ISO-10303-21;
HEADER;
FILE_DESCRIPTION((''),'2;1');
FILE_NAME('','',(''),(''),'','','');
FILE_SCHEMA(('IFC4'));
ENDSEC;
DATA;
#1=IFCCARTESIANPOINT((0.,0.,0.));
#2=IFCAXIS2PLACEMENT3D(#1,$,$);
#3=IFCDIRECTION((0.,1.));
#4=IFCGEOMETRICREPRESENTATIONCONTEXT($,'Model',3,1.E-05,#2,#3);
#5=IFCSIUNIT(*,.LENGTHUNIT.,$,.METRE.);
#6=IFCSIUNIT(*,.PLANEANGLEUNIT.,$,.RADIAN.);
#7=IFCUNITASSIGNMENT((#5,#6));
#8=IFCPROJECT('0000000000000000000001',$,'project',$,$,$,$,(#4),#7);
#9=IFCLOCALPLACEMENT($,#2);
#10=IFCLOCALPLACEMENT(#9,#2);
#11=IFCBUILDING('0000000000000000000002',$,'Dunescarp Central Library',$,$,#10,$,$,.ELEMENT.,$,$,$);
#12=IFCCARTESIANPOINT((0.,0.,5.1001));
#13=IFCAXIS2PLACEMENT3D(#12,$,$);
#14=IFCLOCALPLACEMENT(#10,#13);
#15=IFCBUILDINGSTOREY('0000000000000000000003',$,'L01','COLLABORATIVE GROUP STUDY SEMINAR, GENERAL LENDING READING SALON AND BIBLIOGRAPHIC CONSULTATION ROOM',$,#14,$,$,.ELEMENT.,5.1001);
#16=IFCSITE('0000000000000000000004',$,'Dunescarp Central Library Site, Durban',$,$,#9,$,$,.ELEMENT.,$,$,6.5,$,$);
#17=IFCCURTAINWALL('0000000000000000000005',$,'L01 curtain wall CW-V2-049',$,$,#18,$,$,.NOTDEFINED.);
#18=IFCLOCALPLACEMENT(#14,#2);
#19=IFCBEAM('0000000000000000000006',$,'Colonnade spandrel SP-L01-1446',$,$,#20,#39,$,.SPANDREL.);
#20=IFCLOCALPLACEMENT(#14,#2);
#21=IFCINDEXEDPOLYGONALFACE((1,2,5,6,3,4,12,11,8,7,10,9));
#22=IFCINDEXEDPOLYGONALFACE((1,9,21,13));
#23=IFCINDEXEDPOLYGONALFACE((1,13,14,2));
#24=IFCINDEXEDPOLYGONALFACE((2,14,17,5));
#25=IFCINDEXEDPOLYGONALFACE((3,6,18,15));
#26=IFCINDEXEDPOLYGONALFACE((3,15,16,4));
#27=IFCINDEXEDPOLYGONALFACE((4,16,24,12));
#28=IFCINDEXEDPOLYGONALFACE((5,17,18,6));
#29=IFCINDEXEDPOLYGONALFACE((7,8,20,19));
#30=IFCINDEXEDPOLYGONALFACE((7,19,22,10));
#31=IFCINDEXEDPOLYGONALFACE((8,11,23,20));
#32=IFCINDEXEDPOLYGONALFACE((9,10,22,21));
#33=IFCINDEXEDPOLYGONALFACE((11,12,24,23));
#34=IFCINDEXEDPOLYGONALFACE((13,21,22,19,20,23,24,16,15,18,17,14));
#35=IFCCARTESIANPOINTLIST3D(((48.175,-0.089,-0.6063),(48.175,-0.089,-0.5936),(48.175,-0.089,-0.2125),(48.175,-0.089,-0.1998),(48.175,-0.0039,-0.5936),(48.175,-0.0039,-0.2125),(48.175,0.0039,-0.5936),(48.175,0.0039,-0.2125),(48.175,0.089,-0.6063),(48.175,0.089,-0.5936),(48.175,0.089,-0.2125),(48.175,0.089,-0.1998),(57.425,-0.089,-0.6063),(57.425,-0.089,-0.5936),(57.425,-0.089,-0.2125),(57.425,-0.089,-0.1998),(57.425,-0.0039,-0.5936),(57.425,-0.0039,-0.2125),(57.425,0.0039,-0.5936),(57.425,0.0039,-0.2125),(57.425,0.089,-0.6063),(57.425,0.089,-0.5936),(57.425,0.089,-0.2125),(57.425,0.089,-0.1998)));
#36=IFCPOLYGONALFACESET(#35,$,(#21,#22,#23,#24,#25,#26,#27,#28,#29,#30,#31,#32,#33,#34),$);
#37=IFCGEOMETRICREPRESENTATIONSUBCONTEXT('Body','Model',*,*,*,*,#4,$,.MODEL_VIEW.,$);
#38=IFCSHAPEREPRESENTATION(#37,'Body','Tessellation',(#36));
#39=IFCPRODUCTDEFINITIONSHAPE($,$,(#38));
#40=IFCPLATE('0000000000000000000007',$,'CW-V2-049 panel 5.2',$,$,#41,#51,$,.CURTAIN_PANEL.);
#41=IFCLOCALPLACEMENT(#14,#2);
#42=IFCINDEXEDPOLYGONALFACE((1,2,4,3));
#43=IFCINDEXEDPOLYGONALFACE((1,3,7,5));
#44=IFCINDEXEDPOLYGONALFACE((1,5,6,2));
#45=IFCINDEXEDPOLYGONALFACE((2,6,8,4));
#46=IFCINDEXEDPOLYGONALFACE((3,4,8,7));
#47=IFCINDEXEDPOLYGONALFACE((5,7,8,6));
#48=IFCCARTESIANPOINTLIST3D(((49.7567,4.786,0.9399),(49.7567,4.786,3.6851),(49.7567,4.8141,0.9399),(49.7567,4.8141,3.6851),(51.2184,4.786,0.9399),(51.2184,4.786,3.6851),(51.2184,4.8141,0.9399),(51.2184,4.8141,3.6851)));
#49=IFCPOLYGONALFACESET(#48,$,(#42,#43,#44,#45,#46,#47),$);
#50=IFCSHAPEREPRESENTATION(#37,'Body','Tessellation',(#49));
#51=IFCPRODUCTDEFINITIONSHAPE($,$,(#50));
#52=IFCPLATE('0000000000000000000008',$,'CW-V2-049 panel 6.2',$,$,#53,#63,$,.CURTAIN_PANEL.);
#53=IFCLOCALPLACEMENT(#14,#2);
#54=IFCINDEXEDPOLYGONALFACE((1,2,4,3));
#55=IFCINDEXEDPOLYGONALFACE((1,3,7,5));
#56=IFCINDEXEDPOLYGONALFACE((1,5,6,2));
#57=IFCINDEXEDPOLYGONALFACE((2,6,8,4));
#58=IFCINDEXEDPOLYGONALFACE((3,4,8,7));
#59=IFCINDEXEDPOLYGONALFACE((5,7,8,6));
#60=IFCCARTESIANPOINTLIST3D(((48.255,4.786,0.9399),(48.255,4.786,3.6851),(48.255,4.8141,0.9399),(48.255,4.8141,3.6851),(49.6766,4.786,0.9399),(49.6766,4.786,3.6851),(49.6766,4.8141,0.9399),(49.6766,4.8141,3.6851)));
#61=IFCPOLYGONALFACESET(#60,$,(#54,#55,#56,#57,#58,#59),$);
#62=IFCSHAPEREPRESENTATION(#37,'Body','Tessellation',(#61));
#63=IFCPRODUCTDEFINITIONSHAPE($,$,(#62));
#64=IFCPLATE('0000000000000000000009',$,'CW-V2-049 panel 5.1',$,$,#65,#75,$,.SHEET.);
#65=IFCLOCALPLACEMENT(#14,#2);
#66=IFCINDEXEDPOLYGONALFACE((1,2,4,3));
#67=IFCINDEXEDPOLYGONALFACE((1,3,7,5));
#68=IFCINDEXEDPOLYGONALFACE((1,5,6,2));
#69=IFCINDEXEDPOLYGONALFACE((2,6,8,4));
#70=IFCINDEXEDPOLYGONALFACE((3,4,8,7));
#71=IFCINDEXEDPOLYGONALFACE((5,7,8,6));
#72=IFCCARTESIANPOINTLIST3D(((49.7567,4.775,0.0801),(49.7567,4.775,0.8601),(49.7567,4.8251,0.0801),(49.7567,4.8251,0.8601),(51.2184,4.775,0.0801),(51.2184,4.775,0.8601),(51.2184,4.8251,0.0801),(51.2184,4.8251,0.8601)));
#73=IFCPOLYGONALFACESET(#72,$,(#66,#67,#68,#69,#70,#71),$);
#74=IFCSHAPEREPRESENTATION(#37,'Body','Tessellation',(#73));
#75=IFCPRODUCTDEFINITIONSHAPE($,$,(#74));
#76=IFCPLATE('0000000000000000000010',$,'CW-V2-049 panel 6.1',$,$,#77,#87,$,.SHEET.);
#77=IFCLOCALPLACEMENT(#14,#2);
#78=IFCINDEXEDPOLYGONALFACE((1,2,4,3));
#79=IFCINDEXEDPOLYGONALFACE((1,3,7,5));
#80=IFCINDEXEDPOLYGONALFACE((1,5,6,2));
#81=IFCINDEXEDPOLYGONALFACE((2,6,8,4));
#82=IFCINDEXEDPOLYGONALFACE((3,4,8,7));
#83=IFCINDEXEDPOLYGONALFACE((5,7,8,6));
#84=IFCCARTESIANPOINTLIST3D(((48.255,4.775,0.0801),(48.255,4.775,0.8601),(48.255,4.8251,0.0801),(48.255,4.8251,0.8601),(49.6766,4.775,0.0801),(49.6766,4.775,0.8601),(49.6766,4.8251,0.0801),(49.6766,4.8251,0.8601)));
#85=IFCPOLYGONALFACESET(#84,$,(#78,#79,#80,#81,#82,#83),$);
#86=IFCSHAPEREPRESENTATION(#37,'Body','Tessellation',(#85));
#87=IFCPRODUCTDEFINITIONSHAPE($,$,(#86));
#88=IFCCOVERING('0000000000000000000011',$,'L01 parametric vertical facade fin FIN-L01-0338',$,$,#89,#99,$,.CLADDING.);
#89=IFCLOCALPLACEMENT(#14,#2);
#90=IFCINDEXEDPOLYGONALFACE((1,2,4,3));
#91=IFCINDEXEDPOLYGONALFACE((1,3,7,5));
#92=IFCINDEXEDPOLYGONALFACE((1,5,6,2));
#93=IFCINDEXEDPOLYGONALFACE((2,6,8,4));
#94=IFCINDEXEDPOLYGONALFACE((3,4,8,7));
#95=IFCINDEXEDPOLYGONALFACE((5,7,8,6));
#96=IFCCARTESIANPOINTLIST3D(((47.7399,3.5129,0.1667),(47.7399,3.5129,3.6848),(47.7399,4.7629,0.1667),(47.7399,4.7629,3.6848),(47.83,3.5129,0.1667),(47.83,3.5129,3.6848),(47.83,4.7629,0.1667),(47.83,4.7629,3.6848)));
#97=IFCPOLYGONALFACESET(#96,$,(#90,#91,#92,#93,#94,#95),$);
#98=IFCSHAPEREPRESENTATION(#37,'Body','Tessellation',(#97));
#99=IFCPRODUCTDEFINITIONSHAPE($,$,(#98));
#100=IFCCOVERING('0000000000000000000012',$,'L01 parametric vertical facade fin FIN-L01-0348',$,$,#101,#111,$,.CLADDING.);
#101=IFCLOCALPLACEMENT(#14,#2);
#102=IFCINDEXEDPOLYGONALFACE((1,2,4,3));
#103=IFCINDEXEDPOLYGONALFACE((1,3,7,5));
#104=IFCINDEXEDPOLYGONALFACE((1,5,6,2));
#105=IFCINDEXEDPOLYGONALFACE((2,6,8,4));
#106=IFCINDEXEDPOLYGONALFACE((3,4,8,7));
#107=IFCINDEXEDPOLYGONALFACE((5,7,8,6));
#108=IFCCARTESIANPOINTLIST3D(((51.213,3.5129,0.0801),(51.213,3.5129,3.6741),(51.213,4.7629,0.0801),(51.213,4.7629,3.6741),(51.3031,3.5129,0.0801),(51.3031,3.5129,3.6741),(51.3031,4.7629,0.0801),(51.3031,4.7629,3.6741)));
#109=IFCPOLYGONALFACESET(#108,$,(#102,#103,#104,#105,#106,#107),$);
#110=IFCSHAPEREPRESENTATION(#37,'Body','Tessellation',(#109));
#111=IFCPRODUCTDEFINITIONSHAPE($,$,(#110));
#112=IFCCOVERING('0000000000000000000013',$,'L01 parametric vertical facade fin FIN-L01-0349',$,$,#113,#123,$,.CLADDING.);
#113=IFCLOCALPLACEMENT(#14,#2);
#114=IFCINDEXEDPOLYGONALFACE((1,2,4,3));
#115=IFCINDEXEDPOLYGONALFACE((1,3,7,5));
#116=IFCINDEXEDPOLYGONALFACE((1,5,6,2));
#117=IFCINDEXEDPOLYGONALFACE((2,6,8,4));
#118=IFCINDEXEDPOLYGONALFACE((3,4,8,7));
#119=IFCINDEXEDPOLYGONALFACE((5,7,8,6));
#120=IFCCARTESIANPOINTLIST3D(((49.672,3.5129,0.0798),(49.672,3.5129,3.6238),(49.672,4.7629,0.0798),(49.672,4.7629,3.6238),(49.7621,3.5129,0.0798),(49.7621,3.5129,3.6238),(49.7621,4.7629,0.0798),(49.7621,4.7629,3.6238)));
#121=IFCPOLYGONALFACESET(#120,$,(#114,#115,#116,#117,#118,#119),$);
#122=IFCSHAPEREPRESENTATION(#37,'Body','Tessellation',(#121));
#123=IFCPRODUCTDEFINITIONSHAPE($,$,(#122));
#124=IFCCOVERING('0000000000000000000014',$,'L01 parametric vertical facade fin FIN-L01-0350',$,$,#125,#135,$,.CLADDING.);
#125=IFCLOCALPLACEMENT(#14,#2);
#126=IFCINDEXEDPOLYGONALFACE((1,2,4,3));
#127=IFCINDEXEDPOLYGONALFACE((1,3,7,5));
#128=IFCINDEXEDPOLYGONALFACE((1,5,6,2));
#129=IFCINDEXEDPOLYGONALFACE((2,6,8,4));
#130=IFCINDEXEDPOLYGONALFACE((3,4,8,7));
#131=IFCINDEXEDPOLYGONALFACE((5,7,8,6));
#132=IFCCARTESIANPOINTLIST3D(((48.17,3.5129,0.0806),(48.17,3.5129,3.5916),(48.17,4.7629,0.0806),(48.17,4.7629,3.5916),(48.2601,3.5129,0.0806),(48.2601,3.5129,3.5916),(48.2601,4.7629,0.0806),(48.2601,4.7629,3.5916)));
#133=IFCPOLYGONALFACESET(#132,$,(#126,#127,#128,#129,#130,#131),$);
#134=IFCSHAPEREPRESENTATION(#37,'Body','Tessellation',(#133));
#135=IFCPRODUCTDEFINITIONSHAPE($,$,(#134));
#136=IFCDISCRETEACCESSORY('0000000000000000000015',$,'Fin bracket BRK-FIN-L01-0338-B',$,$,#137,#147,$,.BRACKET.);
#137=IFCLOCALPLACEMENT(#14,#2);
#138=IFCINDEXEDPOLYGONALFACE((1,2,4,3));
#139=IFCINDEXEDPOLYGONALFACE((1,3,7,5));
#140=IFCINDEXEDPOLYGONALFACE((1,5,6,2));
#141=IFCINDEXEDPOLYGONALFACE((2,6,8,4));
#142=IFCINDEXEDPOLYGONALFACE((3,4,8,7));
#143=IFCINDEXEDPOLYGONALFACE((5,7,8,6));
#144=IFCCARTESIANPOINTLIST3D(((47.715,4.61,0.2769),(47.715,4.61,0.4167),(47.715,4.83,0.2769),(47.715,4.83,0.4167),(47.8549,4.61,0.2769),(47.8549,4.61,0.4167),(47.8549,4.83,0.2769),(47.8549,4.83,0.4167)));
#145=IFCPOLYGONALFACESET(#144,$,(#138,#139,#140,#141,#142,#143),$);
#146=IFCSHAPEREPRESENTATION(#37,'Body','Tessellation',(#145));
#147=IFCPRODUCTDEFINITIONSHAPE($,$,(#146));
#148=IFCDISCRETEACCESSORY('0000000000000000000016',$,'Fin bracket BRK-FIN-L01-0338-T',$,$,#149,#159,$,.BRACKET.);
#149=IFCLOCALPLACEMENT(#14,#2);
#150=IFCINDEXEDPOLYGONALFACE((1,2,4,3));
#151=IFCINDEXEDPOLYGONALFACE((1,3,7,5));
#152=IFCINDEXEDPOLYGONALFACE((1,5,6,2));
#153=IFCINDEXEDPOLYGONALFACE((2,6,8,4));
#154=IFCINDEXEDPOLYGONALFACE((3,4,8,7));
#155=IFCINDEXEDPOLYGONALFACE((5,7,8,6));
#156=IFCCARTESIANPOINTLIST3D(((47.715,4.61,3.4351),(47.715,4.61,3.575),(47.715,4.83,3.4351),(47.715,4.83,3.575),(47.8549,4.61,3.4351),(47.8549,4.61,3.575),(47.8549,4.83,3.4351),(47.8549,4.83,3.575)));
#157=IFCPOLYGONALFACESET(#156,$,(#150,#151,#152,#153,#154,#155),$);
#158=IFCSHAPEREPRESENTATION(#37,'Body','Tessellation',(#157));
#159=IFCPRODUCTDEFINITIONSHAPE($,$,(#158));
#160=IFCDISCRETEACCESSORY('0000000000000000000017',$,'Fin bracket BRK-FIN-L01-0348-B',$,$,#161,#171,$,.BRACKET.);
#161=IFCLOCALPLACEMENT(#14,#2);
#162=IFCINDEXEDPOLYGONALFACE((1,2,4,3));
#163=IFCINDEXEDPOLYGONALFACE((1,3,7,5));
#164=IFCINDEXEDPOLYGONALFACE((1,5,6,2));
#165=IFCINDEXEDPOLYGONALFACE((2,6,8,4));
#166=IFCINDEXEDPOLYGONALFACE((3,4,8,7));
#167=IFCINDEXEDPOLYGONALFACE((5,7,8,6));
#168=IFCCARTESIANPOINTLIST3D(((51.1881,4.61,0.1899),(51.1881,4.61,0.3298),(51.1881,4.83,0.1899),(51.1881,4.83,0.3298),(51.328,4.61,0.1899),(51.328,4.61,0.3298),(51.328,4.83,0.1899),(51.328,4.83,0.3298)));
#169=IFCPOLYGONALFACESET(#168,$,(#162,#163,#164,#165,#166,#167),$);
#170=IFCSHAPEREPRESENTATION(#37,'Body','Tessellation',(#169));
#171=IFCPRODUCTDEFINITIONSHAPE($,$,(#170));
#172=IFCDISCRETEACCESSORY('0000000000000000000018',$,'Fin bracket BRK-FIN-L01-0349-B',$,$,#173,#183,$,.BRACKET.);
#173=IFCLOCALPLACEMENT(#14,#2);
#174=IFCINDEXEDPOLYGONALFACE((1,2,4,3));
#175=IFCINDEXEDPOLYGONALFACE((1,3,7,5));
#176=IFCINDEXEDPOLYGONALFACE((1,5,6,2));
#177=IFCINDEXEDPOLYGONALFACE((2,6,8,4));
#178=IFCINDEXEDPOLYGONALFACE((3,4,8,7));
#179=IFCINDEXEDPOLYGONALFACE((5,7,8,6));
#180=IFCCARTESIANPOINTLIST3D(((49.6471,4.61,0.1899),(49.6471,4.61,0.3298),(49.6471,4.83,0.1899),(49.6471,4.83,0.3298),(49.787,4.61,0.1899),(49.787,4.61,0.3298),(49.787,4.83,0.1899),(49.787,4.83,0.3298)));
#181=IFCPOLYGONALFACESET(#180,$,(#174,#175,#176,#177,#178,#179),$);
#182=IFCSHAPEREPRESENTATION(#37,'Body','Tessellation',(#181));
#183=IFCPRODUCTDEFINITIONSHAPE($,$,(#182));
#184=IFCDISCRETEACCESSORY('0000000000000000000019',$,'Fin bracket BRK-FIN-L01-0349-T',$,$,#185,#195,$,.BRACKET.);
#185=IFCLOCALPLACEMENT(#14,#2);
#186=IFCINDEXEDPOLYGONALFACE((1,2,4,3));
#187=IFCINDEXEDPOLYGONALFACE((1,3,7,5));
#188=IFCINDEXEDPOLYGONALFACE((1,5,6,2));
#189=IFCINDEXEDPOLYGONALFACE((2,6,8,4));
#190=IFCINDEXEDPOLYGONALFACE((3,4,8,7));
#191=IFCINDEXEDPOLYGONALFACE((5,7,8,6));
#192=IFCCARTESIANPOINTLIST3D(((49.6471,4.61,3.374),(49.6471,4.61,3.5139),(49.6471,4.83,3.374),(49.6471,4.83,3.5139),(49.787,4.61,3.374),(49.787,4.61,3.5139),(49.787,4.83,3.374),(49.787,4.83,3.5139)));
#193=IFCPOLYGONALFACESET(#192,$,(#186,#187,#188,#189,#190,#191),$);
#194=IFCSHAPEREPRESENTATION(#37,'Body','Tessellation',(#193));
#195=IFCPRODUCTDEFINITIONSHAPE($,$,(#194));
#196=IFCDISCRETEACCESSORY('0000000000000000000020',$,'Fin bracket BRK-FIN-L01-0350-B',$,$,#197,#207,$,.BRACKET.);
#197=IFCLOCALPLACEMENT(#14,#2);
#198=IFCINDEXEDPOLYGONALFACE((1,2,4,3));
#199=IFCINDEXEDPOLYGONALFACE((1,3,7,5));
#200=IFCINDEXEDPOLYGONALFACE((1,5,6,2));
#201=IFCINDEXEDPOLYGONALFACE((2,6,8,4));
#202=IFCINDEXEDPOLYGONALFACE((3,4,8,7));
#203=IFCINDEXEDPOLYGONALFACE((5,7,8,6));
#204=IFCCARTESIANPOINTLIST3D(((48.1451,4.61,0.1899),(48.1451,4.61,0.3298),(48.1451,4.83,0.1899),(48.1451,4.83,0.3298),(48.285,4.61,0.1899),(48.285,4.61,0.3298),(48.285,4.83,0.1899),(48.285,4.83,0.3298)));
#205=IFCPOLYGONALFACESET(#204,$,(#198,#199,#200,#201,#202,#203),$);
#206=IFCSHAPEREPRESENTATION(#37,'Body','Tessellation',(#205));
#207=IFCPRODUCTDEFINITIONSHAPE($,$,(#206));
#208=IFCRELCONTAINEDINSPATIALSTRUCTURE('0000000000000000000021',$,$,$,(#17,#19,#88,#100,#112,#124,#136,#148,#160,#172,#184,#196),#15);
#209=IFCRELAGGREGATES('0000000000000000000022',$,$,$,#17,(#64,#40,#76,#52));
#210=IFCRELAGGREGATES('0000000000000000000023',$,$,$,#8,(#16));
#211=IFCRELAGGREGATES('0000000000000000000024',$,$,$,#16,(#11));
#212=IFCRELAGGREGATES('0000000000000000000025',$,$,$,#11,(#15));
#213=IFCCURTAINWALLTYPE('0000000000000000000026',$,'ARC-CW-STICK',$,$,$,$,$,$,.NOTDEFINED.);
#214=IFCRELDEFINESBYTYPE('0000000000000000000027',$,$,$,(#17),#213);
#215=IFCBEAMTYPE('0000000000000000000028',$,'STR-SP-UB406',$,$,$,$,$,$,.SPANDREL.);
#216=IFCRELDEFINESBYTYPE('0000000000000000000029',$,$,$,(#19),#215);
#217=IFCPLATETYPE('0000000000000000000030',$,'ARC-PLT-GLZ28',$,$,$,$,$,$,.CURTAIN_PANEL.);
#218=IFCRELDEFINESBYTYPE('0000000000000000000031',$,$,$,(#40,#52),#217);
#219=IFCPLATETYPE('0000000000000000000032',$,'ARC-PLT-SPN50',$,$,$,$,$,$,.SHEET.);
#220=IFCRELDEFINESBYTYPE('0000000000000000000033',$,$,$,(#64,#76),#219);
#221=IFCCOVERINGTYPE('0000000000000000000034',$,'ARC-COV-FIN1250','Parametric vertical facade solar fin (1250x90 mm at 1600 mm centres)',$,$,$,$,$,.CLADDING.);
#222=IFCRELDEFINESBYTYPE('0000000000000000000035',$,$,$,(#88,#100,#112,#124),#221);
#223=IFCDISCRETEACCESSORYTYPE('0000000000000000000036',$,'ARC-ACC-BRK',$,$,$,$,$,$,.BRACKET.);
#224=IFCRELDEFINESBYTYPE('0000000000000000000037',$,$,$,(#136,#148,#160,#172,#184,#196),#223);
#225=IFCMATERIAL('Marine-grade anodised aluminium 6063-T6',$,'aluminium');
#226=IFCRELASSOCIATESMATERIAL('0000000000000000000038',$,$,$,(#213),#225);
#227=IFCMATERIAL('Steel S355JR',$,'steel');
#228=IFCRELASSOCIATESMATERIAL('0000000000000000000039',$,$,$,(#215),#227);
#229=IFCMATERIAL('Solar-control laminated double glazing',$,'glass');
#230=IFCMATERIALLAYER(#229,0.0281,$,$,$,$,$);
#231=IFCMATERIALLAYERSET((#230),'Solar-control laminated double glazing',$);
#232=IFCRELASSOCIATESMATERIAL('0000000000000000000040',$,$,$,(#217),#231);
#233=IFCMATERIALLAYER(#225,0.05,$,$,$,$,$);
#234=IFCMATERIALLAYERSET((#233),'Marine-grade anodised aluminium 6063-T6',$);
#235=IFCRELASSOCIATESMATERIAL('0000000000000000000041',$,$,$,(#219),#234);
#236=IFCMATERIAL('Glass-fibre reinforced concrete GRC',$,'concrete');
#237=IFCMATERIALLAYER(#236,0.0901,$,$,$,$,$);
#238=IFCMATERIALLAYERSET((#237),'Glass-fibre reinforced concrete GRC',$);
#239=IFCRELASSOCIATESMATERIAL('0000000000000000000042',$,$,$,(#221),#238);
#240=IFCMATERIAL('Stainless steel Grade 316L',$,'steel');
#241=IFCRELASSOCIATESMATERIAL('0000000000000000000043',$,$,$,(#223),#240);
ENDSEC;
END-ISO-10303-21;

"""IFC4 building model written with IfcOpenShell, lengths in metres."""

from ifc_helpers import new_model, si_unit, direction, frame, origin, origin_2d, place, context, subcontext, project, spatial, rectangle, i_section, extrude, material, layer, layer_set, material_profile, profile_set, type_object, element, aggregate, save


model = new_model("IFC4")

# Units and contexts
model_context = context("Model", 3, precision=1e-05, world=origin(), true_north=direction((0.0, 1.0)))
body_context = subcontext(model_context, "Body", "Model", "MODEL_VIEW")
ifc_project = project(units=[si_unit("LENGTHUNIT", "METRE"), si_unit("PLANEANGLEUNIT", "RADIAN")], contexts=[model_context])

# Site, building, storey
site_placement = place(None, origin())
site = spatial("IfcSite", under=ifc_project, at=site_placement, Name="Dunescarp Central Library Site, Durban", CompositionType="ELEMENT", RefElevation=6.5)
building_placement = place(site_placement, origin())
building = spatial("IfcBuilding", under=site, at=building_placement, Name="Dunescarp Central Library", CompositionType="ELEMENT")
storey_placement = place(building_placement, frame((0.0, 0.0, 5.1001)))
storey = spatial("IfcBuildingStorey", under=building, at=storey_placement, Name="L01", Description="COLLABORATIVE GROUP STUDY SEMINAR, GENERAL LENDING READING SALON AND BIBLIOGRAPHIC CONSULTATION ROOM", CompositionType="ELEMENT", Elevation=5.1001)

# Shared definitions
ifc_material_1 = material(Name="Steel S355JR", Category="steel")

# Shared definitions
ifc_material_2 = material(Name="Marine-grade anodised aluminium 6063-T6", Category="aluminium")
curtain_wall_type = type_object("IfcCurtainWallType", Name="ARC-CW-STICK", PredefinedType="NOTDEFINED", material=ifc_material_2)

# Curtain wall
curtain_wall_1_placement = place(storey_placement, origin())
curtain_wall_1 = element("IfcCurtainWall", 1, at=curtain_wall_1_placement, inside=storey, type_object=curtain_wall_type, Name="L01 curtain wall CW-V2-049", PredefinedType="NOTDEFINED")

# Beam
ifc_material_profile_1 = material_profile(ifc_material_1, i_section(OverallWidth=0.178, OverallDepth=0.4065, WebThickness=0.0078, FlangeThickness=0.0127, at=origin_2d()), Name="UB 406x178x60")
ifc_profile_set_1 = profile_set([ifc_material_profile_1], Name="Steel S355JR")
beam_type_1 = type_object("IfcBeamType", Name="STR-SP-UB406", PredefinedType="SPANDREL", material=ifc_profile_set_1)
beam_1_placement = place(storey_placement, frame((48.175, 0.0, -0.4031), z_axis=(1.0, 0.0, 0.0), x_axis=(0.0, 1.0, 0.0)))
element("IfcBeam", 2, at=beam_1_placement, inside=storey, type_object=beam_type_1, Name="Colonnade spandrel SP-L01-1446", PredefinedType="SPANDREL", context=body_context, shape_type="SweptSolid", body=[
    extrude(i_section(OverallWidth=0.178, OverallDepth=0.4065, WebThickness=0.0078, FlangeThickness=0.0127, at=origin_2d()), origin(), (0.0, 0.0, 1.0), 9.25),
])

# Plates
ifc_material_3 = material(Name="Solar-control laminated double glazing", Category="glass")
ifc_layer_1 = layer(ifc_material_3, 0.0281)
ifc_layer_set_1 = layer_set([ifc_layer_1], Name="Solar-control laminated double glazing")
plate_type_1 = type_object("IfcPlateType", Name="ARC-PLT-GLZ28", PredefinedType="CURTAIN_PANEL", material=ifc_layer_set_1)
plate_1_placement = place(storey_placement, frame((50.4875, 4.8, 0.9399), z_axis=(0.0, 0.0, 1.0), x_axis=(-1.0, 0.0, 0.0)))
plate_1 = element("IfcPlate", 3, at=plate_1_placement, type_object=plate_type_1, Name="CW-V2-049 panel 5.2", PredefinedType="CURTAIN_PANEL", context=body_context, shape_type="SweptSolid", body=[
    extrude(rectangle(XDim=1.4617, YDim=0.0281, at=origin_2d()), origin(), (0.0, 0.0, 1.0), 2.7451),
])
plate_2_placement = place(storey_placement, frame((48.9658, 4.8, 0.9399), z_axis=(0.0, 0.0, 1.0), x_axis=(-1.0, 0.0, 0.0)))
plate_2 = element("IfcPlate", 4, at=plate_2_placement, type_object=plate_type_1, Name="CW-V2-049 panel 6.2", PredefinedType="CURTAIN_PANEL", context=body_context, shape_type="SweptSolid", body=[
    extrude(rectangle(XDim=1.4216, YDim=0.0281, at=origin_2d()), origin(), (0.0, 0.0, 1.0), 2.7451),
])
ifc_layer_2 = layer(ifc_material_2, 0.05)
ifc_layer_set_2 = layer_set([ifc_layer_2], Name="Marine-grade anodised aluminium 6063-T6")
plate_type_2 = type_object("IfcPlateType", Name="ARC-PLT-SPN50", PredefinedType="SHEET", material=ifc_layer_set_2)
plate_3_placement = place(storey_placement, frame((50.4875, 4.8, 0.0801), z_axis=(0.0, 0.0, 1.0), x_axis=(-1.0, 0.0, 0.0)))
plate_3 = element("IfcPlate", 5, at=plate_3_placement, type_object=plate_type_2, Name="CW-V2-049 panel 5.1", PredefinedType="SHEET", context=body_context, shape_type="SweptSolid", body=[
    extrude(rectangle(XDim=1.4617, YDim=0.05, at=origin_2d()), origin(), (0.0, 0.0, 1.0), 0.78),
])
plate_4_placement = place(storey_placement, frame((48.9658, 4.8, 0.0801), z_axis=(0.0, 0.0, 1.0), x_axis=(-1.0, 0.0, 0.0)))
plate_4 = element("IfcPlate", 6, at=plate_4_placement, type_object=plate_type_2, Name="CW-V2-049 panel 6.1", PredefinedType="SHEET", context=body_context, shape_type="SweptSolid", body=[
    extrude(rectangle(XDim=1.4216, YDim=0.05, at=origin_2d()), origin(), (0.0, 0.0, 1.0), 0.78),
])
aggregate(curtain_wall_1, [plate_3, plate_1, plate_4, plate_2])

# Coverings
ifc_material_4 = material(Name="Glass-fibre reinforced concrete GRC", Category="concrete")
ifc_layer_3 = layer(ifc_material_4, 0.0901)
ifc_layer_set_3 = layer_set([ifc_layer_3], Name="Glass-fibre reinforced concrete GRC")
covering_type = type_object("IfcCoveringType", Name="ARC-COV-FIN1250", Description="Parametric vertical facade solar fin (1250x90 mm at 1600 mm centres)", PredefinedType="CLADDING", material=ifc_layer_set_3)
covering_1_placement = place(storey_placement, frame((47.7849, 4.1379, 0.1667), z_axis=(0.0, 0.0, 1.0), x_axis=(0.0, -1.0, 0.0)))
element("IfcCovering", 7, at=covering_1_placement, inside=storey, type_object=covering_type, Name="L01 parametric vertical facade fin FIN-L01-0338", PredefinedType="CLADDING", context=body_context, shape_type="SweptSolid", body=[
    extrude(rectangle(XDim=1.25, YDim=0.0901, at=origin_2d()), origin(), (0.0, 0.0, 1.0), 3.5181),
])
covering_2_placement = place(storey_placement, frame((51.2581, 4.1379, 0.0801), z_axis=(0.0, 0.0, 1.0), x_axis=(0.0, -1.0, 0.0)))
element("IfcCovering", 8, at=covering_2_placement, inside=storey, type_object=covering_type, Name="L01 parametric vertical facade fin FIN-L01-0348", PredefinedType="CLADDING", context=body_context, shape_type="SweptSolid", body=[
    extrude(rectangle(XDim=1.25, YDim=0.0901, at=origin_2d()), origin(), (0.0, 0.0, 1.0), 3.594),
])
covering_3_placement = place(storey_placement, frame((49.717, 4.1379, 0.0798), z_axis=(0.0, 0.0, 1.0), x_axis=(0.0, -1.0, 0.0)))
element("IfcCovering", 9, at=covering_3_placement, inside=storey, type_object=covering_type, Name="L01 parametric vertical facade fin FIN-L01-0349", PredefinedType="CLADDING", context=body_context, shape_type="SweptSolid", body=[
    extrude(rectangle(XDim=1.25, YDim=0.0901, at=origin_2d()), origin(), (0.0, 0.0, 1.0), 3.5439),
])
covering_4_placement = place(storey_placement, frame((48.2151, 4.1379, 0.0806), z_axis=(0.0, 0.0, 1.0), x_axis=(0.0, -1.0, 0.0)))
element("IfcCovering", 10, at=covering_4_placement, inside=storey, type_object=covering_type, Name="L01 parametric vertical facade fin FIN-L01-0350", PredefinedType="CLADDING", context=body_context, shape_type="SweptSolid", body=[
    extrude(rectangle(XDim=1.25, YDim=0.0901, at=origin_2d()), origin(), (0.0, 0.0, 1.0), 3.511),
])

# Discrete accessories
ifc_material_5 = material(Name="Stainless steel Grade 316L", Category="steel")
discrete_accessory_type = type_object("IfcDiscreteAccessoryType", Name="ARC-ACC-BRK", PredefinedType="BRACKET", material=ifc_material_5)
for number, where, z_axis, x_axis, name in (
    (11, (47.7849, 4.72, 0.2769), (0.0, 0.0, 1.0), (0.0, -1.0, 0.0), "Fin bracket BRK-FIN-L01-0338-B"),
    (12, (47.7849, 4.72, 3.4351), (0.0, 0.0, 1.0), (0.0, -1.0, 0.0), "Fin bracket BRK-FIN-L01-0338-T"),
    (13, (51.2581, 4.72, 0.1899), (0.0, 0.0, 1.0), (0.0, -1.0, 0.0), "Fin bracket BRK-FIN-L01-0348-B"),
    (14, (49.717, 4.72, 0.1899), (0.0, 0.0, 1.0), (0.0, -1.0, 0.0), "Fin bracket BRK-FIN-L01-0349-B"),
    (15, (49.717, 4.72, 3.374), (0.0, 0.0, 1.0), (0.0, -1.0, 0.0), "Fin bracket BRK-FIN-L01-0349-T"),
    (16, (48.2151, 4.72, 0.1899), (0.0, 0.0, 1.0), (0.0, -1.0, 0.0), "Fin bracket BRK-FIN-L01-0350-B"),
):
    element("IfcDiscreteAccessory", number, at=place(storey_placement, frame(where, z_axis=z_axis, x_axis=x_axis)), inside=storey, type_object=discrete_accessory_type, Name=name, PredefinedType="BRACKET", context=body_context, shape_type="SweptSolid", body=[
        extrude(rectangle(XDim=0.22, YDim=0.1399, at=origin_2d()), origin(), (0.0, 0.0, 1.0), 0.1399),
    ])

save(model, "model.ifc")
